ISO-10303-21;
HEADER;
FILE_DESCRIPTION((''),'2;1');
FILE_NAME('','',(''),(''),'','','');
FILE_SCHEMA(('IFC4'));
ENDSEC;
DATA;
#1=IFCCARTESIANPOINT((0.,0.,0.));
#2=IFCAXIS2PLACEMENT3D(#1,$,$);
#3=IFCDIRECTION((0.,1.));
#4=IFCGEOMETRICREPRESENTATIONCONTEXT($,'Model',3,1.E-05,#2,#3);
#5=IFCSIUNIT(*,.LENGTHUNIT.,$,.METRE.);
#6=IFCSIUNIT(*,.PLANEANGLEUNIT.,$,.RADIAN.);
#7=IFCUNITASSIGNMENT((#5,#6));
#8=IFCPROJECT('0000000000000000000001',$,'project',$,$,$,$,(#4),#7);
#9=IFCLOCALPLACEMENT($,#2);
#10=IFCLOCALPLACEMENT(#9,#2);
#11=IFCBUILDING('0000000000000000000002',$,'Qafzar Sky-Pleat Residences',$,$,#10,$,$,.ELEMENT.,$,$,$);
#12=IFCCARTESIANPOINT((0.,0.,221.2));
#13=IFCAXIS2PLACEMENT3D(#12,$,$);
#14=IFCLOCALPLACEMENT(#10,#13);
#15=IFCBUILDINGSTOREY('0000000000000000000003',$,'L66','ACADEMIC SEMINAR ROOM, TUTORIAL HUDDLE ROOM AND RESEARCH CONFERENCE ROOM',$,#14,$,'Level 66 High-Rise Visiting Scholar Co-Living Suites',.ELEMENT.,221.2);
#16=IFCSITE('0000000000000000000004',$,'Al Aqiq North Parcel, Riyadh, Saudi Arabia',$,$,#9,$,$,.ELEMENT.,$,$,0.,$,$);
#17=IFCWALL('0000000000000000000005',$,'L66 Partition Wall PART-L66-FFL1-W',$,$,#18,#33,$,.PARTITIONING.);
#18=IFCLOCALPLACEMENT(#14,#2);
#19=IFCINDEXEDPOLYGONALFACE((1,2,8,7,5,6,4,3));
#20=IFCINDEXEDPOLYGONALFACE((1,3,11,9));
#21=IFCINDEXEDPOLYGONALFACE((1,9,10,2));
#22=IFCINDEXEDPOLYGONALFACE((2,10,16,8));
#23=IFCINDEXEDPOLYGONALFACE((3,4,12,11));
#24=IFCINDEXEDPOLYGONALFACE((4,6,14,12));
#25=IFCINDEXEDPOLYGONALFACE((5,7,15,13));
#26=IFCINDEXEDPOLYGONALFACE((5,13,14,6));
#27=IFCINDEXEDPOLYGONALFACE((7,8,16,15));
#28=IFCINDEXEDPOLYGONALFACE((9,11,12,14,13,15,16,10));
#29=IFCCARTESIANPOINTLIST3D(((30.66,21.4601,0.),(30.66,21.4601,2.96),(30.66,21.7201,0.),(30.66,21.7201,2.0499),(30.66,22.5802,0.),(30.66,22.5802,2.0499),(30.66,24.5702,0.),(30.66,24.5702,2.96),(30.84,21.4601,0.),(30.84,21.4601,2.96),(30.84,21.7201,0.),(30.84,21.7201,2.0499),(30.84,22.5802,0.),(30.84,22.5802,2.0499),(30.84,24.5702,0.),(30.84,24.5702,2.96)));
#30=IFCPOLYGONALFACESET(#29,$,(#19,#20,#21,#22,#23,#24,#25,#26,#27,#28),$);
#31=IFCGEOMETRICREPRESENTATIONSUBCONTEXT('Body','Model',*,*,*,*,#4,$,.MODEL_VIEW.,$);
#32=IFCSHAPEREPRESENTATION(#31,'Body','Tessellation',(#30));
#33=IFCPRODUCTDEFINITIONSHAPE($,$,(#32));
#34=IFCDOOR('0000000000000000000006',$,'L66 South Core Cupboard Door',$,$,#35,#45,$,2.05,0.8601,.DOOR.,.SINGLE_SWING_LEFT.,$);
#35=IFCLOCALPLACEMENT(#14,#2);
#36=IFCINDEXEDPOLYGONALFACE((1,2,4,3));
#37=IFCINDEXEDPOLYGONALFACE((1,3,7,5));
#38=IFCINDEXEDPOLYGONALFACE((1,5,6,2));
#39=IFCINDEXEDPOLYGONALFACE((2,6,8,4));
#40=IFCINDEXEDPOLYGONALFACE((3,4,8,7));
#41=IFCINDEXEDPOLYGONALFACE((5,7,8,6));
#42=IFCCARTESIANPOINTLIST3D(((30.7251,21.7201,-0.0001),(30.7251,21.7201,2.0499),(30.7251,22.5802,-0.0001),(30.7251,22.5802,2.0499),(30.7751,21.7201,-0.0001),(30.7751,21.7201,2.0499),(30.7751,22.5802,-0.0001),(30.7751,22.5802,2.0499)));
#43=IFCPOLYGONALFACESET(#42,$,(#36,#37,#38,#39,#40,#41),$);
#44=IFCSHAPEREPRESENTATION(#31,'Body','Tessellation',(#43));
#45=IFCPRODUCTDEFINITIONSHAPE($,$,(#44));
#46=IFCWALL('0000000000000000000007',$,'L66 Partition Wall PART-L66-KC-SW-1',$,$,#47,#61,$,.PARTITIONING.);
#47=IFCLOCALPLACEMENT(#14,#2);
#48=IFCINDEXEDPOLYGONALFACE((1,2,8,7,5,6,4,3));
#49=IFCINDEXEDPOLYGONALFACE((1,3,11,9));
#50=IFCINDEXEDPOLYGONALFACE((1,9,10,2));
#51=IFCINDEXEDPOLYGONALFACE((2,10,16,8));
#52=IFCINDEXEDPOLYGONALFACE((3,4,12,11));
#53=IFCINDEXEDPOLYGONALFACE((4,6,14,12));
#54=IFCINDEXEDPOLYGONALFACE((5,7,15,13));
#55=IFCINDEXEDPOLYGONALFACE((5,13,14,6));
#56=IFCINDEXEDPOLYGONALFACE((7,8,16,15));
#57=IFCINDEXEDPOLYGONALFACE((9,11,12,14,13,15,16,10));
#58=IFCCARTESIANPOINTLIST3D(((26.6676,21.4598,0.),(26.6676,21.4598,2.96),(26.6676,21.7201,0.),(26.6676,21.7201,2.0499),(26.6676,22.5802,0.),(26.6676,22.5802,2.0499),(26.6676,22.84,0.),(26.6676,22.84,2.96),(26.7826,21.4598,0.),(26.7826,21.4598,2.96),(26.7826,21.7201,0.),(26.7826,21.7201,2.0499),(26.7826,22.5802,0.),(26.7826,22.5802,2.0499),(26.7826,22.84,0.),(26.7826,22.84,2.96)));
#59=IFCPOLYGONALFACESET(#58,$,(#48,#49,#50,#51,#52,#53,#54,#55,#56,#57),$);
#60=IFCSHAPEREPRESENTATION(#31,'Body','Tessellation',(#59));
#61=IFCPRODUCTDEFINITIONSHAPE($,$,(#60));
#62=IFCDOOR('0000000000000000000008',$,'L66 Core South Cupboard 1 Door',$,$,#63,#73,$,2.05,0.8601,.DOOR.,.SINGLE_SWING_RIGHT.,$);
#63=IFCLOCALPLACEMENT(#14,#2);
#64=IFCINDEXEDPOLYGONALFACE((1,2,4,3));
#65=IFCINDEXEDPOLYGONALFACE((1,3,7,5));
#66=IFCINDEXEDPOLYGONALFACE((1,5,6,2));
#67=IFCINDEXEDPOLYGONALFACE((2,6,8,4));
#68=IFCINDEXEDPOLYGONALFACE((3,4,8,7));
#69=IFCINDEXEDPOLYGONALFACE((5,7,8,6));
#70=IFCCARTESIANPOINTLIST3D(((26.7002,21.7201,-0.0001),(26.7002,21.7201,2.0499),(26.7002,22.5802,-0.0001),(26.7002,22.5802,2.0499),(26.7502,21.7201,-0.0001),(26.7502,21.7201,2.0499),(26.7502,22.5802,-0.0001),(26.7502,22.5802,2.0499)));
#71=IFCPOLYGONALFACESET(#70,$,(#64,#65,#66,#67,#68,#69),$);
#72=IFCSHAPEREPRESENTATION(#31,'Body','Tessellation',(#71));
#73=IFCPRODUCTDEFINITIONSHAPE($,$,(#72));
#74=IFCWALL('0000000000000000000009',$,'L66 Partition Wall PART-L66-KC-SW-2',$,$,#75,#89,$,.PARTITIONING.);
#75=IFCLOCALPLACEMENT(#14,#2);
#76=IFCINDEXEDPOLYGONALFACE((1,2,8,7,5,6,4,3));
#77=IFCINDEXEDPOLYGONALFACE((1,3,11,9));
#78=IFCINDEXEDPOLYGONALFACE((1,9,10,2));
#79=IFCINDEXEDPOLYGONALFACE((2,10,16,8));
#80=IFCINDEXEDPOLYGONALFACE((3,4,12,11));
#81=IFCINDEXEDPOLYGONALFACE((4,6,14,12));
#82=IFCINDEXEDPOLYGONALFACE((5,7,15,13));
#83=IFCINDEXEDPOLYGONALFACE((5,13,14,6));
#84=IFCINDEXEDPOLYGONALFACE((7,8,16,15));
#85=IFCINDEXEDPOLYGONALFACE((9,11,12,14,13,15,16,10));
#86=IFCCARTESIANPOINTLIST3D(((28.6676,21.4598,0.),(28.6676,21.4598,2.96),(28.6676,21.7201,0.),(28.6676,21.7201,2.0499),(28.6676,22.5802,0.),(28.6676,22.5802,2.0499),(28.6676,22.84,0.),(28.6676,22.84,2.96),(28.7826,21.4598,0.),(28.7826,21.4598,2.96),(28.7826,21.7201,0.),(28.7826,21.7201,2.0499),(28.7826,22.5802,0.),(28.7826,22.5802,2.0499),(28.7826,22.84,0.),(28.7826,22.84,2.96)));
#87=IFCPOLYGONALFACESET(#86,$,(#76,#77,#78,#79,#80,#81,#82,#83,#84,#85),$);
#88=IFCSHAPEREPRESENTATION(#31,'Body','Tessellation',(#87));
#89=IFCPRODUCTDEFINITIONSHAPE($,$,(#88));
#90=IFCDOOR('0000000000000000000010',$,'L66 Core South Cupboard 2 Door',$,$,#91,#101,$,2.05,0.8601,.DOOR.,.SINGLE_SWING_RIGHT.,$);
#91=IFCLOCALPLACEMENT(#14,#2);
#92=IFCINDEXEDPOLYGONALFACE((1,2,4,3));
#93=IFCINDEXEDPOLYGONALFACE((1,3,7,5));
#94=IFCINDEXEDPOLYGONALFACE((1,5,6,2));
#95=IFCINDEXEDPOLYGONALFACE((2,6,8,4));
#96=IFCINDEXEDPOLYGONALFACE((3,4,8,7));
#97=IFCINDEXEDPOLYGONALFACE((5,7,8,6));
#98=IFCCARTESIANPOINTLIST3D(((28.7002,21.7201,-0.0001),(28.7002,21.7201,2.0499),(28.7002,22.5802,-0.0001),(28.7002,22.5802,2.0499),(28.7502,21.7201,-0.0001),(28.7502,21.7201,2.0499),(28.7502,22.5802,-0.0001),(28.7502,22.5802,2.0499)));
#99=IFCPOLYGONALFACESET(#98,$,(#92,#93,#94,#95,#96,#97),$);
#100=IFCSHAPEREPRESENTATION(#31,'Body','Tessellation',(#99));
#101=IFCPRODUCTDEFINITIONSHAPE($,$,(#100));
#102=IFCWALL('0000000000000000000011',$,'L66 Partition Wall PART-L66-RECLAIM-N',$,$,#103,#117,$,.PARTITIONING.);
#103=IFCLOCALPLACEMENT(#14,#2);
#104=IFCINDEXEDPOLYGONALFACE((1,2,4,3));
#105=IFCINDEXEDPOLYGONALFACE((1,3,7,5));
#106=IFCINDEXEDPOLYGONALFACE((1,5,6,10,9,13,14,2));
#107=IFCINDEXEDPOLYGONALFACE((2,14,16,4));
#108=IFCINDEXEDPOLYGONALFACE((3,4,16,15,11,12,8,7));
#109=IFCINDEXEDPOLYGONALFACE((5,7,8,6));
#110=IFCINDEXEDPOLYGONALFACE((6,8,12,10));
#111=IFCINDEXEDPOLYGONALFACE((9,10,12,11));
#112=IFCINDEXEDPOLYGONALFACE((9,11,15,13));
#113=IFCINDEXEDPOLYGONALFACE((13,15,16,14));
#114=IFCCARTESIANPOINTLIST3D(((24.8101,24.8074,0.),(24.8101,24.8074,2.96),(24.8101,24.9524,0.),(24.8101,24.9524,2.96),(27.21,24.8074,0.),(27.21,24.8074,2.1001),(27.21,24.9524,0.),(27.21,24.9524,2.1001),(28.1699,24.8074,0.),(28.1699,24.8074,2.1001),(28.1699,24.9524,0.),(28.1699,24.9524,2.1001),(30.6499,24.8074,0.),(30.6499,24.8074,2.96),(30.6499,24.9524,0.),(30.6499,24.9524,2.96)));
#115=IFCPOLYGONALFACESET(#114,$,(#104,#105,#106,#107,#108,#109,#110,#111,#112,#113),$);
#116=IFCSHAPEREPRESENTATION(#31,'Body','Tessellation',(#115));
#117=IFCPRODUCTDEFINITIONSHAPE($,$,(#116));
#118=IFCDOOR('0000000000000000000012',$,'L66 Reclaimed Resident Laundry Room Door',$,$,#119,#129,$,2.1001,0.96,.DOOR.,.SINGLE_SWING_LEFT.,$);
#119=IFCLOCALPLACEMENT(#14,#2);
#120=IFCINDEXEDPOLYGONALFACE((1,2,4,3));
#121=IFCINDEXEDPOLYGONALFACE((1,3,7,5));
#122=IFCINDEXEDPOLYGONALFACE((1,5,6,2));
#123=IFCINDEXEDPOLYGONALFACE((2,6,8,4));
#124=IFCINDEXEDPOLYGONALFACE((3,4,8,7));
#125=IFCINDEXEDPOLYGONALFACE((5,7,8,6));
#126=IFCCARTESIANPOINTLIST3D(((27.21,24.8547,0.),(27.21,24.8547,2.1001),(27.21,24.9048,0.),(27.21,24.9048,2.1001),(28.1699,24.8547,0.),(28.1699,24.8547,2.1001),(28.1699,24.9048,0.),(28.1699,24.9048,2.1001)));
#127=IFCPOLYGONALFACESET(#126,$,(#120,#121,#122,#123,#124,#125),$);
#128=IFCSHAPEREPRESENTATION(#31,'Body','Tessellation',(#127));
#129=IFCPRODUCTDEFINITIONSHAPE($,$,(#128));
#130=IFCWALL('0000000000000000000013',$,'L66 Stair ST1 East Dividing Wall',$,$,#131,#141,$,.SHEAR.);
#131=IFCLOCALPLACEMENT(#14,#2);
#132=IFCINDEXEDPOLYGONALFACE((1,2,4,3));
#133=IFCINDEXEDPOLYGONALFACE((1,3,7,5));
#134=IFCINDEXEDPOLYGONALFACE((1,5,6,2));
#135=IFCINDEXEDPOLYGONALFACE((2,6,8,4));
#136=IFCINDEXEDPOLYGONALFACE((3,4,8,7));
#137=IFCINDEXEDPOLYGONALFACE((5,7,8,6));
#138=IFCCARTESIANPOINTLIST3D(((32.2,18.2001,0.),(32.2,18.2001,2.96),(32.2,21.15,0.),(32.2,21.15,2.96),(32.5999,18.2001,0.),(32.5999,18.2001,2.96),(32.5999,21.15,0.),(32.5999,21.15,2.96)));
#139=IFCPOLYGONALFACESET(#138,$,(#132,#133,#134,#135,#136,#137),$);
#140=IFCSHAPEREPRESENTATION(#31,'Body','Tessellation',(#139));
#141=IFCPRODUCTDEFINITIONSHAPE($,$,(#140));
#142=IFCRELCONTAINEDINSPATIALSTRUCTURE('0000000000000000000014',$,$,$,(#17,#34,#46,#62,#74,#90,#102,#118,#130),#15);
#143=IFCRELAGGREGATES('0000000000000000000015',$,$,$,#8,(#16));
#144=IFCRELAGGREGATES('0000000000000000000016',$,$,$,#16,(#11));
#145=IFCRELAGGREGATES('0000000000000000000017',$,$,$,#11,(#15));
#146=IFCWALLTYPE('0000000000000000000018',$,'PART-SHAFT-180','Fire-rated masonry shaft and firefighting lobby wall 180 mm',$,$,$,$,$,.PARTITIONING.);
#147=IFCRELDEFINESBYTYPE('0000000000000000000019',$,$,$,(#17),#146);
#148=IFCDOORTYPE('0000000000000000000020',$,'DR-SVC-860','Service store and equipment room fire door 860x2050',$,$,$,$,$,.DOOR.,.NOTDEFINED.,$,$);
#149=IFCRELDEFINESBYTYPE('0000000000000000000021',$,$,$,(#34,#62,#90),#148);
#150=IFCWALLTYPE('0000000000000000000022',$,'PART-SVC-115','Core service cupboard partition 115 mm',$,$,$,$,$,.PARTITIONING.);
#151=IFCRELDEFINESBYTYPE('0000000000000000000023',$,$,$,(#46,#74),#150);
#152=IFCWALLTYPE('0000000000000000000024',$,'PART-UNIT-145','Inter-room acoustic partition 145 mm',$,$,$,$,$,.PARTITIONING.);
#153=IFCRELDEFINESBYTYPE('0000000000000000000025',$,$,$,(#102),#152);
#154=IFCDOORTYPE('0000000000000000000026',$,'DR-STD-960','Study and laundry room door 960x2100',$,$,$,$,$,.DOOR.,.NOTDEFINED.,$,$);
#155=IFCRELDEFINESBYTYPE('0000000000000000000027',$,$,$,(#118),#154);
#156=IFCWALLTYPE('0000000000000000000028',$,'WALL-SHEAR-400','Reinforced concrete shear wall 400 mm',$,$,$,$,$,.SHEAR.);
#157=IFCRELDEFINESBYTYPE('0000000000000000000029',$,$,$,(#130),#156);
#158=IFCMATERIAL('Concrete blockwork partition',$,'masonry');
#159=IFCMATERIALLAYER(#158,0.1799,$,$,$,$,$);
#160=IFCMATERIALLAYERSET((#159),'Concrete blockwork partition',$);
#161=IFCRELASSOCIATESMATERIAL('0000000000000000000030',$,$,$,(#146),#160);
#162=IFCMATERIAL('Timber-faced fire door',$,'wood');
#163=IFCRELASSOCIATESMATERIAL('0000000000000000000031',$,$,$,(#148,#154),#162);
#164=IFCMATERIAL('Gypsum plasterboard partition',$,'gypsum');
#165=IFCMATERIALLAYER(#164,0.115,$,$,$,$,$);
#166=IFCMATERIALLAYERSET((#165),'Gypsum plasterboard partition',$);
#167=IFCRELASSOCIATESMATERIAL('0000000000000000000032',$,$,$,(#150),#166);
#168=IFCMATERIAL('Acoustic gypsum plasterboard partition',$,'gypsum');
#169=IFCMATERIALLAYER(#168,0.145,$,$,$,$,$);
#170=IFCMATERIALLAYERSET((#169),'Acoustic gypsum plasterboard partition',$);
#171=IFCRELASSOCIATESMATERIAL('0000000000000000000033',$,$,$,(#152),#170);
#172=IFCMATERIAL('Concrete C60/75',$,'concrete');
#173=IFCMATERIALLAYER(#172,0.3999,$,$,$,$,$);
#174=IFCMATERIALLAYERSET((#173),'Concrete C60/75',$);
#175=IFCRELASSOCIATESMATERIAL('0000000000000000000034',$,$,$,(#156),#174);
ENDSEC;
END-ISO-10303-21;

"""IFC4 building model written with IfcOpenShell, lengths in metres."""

from ifc_helpers import new_model, si_unit, direction, frame, frame_2d, origin, place, context, subcontext, project, spatial, rectangle, extrude, source, transform, mapped, material, layer, layer_set, type_object, element, fill, save


model = new_model("IFC4")

# Units and contexts
model_context = context("Model", 3, precision=1e-05, world=origin(), true_north=direction((0.0, 1.0)))
body_context = subcontext(model_context, "Body", "Model", "MODEL_VIEW")
ifc_project = project(units=[si_unit("LENGTHUNIT", "METRE"), si_unit("PLANEANGLEUNIT", "RADIAN")], contexts=[model_context])

# Site, building, storey
site_placement = place(None, origin())
site = spatial("IfcSite", under=ifc_project, at=site_placement, Name="Al Aqiq North Parcel, Riyadh, Saudi Arabia", CompositionType="ELEMENT", RefElevation=0.0)
building_placement = place(site_placement, origin())
building = spatial("IfcBuilding", under=site, at=building_placement, Name="Qafzar Sky-Pleat Residences", CompositionType="ELEMENT")
storey_placement = place(building_placement, frame((0.0, 0.0, 221.2)))
storey = spatial("IfcBuildingStorey", under=building, at=storey_placement, Name="L66", Description="ACADEMIC SEMINAR ROOM, TUTORIAL HUDDLE ROOM AND RESEARCH CONFERENCE ROOM", LongName="Level 66 High-Rise Visiting Scholar Co-Living Suites", CompositionType="ELEMENT", Elevation=221.2)

# Walls, openings, doors
ifc_material_1 = material(Name="Concrete blockwork partition", Category="masonry")
ifc_layer_1 = layer(ifc_material_1, 0.1799)
ifc_layer_set_1 = layer_set([ifc_layer_1], Name="Concrete blockwork partition")
wall_type_1 = type_object("IfcWallType", Name="PART-SHAFT-180", Description="Fire-rated masonry shaft and firefighting lobby wall 180 mm", PredefinedType="PARTITIONING", material=ifc_layer_set_1)
wall_1_placement = place(storey_placement, frame((30.75, 21.46, 0.0), z_axis=(0.0, 0.0, 1.0), x_axis=(0.0, 1.0, 0.0)))
wall_1 = element("IfcWall", 1, at=wall_1_placement, inside=storey, type_object=wall_type_1, Name="L66 Partition Wall PART-L66-FFL1-W", PredefinedType="PARTITIONING", context=body_context, shape_type="SweptSolid", body=[
    extrude(rectangle(XDim=3.1101, YDim=0.1799, at=frame_2d((1.5552, 0.0))), origin(), (0.0, 0.0, 1.0), 2.96),
])
opening_1_placement = place(wall_1_placement, frame((0.26, 0.0, 0.0)))
opening_1 = element("IfcOpeningElement", 2, at=opening_1_placement, cuts=wall_1, PredefinedType="OPENING", context=body_context, shape_type="SweptSolid", body=[
    extrude(rectangle(XDim=0.8601, YDim=2.05, at=frame_2d((0.4302, 1.0249))), frame((0.0, 0.1001, 0.0), z_axis=(0.0, -1.0, 0.0), x_axis=(1.0, 0.0, 0.0)), (0.0, 0.0, 1.0), 0.2),
])
ifc_material_2 = material(Name="Timber-faced fire door", Category="wood")
door_type_1 = type_object("IfcDoorType", Name="DR-SVC-860", Description="Service store and equipment room fire door 860x2050", OperationType="NOTDEFINED", PredefinedType="DOOR", material=ifc_material_2)
shared_shape_1 = source(origin(), body_context, "Body", "SweptSolid", [
    extrude(rectangle(XDim=0.8601, YDim=2.05, at=frame_2d((0.4302, 1.0249))), frame((0.0, 0.0249, 0.0), z_axis=(0.0, -1.0, 0.0), x_axis=(1.0, 0.0, 0.0)), (0.0, 0.0, 1.0), 0.05),
])
door_1_placement = place(opening_1_placement, origin())
door_1 = element("IfcDoor", 3, at=door_1_placement, inside=storey, type_object=door_type_1, Name="L66 South Core Cupboard Door", OperationType="SINGLE_SWING_LEFT", OverallHeight=2.05, OverallWidth=0.8601, PredefinedType="DOOR", context=body_context, shape_type="MappedRepresentation", body=[
    mapped(shared_shape_1, transform((0.0, 0.0, 0.0), x_axis=(1.0, 0.0, 0.0), y_axis=(0.0, 1.0, 0.0), z_axis=(0.0, 0.0, 1.0), scale=1.0)),
])
fill(opening_1, door_1)
ifc_material_3 = material(Name="Gypsum plasterboard partition", Category="gypsum")
ifc_layer_2 = layer(ifc_material_3, 0.115)
ifc_layer_set_2 = layer_set([ifc_layer_2], Name="Gypsum plasterboard partition")
wall_type_2 = type_object("IfcWallType", Name="PART-SVC-115", Description="Core service cupboard partition 115 mm", PredefinedType="PARTITIONING", material=ifc_layer_set_2)
wall_2_placement = place(storey_placement, frame((26.7251, 21.46, 0.0), z_axis=(0.0, 0.0, 1.0), x_axis=(0.0, 1.0, 0.0)))
wall_2 = element("IfcWall", 4, at=wall_2_placement, inside=storey, type_object=wall_type_2, Name="L66 Partition Wall PART-L66-KC-SW-1", PredefinedType="PARTITIONING", context=body_context, shape_type="SweptSolid", body=[
    extrude(rectangle(XDim=1.3801, YDim=0.115, at=frame_2d((0.6899, 0.0))), origin(), (0.0, 0.0, 1.0), 2.96),
])
opening_2_placement = place(wall_2_placement, frame((0.26, 0.0, 0.0)))
opening_2 = element("IfcOpeningElement", 5, at=opening_2_placement, cuts=wall_2, PredefinedType="OPENING", context=body_context, shape_type="SweptSolid", body=[
    extrude(rectangle(XDim=0.8601, YDim=2.05, at=frame_2d((0.4302, 1.0249))), frame((0.0, 0.0674, 0.0), z_axis=(0.0, -1.0, 0.0), x_axis=(1.0, 0.0, 0.0)), (0.0, 0.0, 1.0), 0.135),
])
door_2_placement = place(opening_2_placement, origin())
door_2 = element("IfcDoor", 6, at=door_2_placement, inside=storey, type_object=door_type_1, Name="L66 Core South Cupboard 1 Door", OperationType="SINGLE_SWING_RIGHT", OverallHeight=2.05, OverallWidth=0.8601, PredefinedType="DOOR", context=body_context, shape_type="MappedRepresentation", body=[
    mapped(shared_shape_1, transform((0.0, 0.0, 0.0), x_axis=(1.0, 0.0, 0.0), y_axis=(0.0, 1.0, 0.0), z_axis=(0.0, 0.0, 1.0), scale=1.0)),
])
fill(opening_2, door_2)
wall_3_placement = place(storey_placement, frame((28.7251, 21.46, 0.0), z_axis=(0.0, 0.0, 1.0), x_axis=(0.0, 1.0, 0.0)))
wall_3 = element("IfcWall", 7, at=wall_3_placement, inside=storey, type_object=wall_type_2, Name="L66 Partition Wall PART-L66-KC-SW-2", PredefinedType="PARTITIONING", context=body_context, shape_type="SweptSolid", body=[
    extrude(rectangle(XDim=1.3801, YDim=0.115, at=frame_2d((0.6899, 0.0))), origin(), (0.0, 0.0, 1.0), 2.96),
])
opening_3_placement = place(wall_3_placement, frame((0.26, 0.0, 0.0)))
opening_3 = element("IfcOpeningElement", 8, at=opening_3_placement, cuts=wall_3, PredefinedType="OPENING", context=body_context, shape_type="SweptSolid", body=[
    extrude(rectangle(XDim=0.8601, YDim=2.05, at=frame_2d((0.4302, 1.0249))), frame((0.0, 0.0674, 0.0), z_axis=(0.0, -1.0, 0.0), x_axis=(1.0, 0.0, 0.0)), (0.0, 0.0, 1.0), 0.135),
])
door_3_placement = place(opening_3_placement, origin())
door_3 = element("IfcDoor", 9, at=door_3_placement, inside=storey, type_object=door_type_1, Name="L66 Core South Cupboard 2 Door", OperationType="SINGLE_SWING_RIGHT", OverallHeight=2.05, OverallWidth=0.8601, PredefinedType="DOOR", context=body_context, shape_type="MappedRepresentation", body=[
    mapped(shared_shape_1, transform((0.0, 0.0, 0.0), x_axis=(1.0, 0.0, 0.0), y_axis=(0.0, 1.0, 0.0), z_axis=(0.0, 0.0, 1.0), scale=1.0)),
])
fill(opening_3, door_3)
ifc_material_4 = material(Name="Acoustic gypsum plasterboard partition", Category="gypsum")
ifc_layer_3 = layer(ifc_material_4, 0.145)
ifc_layer_set_3 = layer_set([ifc_layer_3], Name="Acoustic gypsum plasterboard partition")
wall_type_3 = type_object("IfcWallType", Name="PART-UNIT-145", Description="Inter-room acoustic partition 145 mm", PredefinedType="PARTITIONING", material=ifc_layer_set_3)
wall_4_placement = place(storey_placement, frame((24.8101, 24.8799, 0.0), z_axis=(0.0, 0.0, 1.0), x_axis=(1.0, 0.0, 0.0)))
wall_4 = element("IfcWall", 10, at=wall_4_placement, inside=storey, type_object=wall_type_3, Name="L66 Partition Wall PART-L66-RECLAIM-N", PredefinedType="PARTITIONING", context=body_context, shape_type="SweptSolid", body=[
    extrude(rectangle(XDim=5.8398, YDim=0.145, at=frame_2d((2.9199, 0.0))), origin(), (0.0, 0.0, 1.0), 2.96),
])
opening_4_placement = place(wall_4_placement, frame((2.3999, 0.0, 0.0)))
opening_4 = element("IfcOpeningElement", 11, at=opening_4_placement, cuts=wall_4, PredefinedType="OPENING", context=body_context, shape_type="SweptSolid", body=[
    extrude(rectangle(XDim=0.96, YDim=2.1001, at=frame_2d((0.48, 1.05))), frame((0.0, 0.0825, 0.0), z_axis=(0.0, -1.0, 0.0), x_axis=(1.0, 0.0, 0.0)), (0.0, 0.0, 1.0), 0.165),
])
door_type_2 = type_object("IfcDoorType", Name="DR-STD-960", Description="Study and laundry room door 960x2100", OperationType="NOTDEFINED", PredefinedType="DOOR", material=ifc_material_2)
shared_shape_2 = source(origin(), body_context, "Body", "SweptSolid", [
    extrude(rectangle(XDim=0.96, YDim=2.1001, at=frame_2d((0.48, 1.05))), frame((0.0, 0.0249, 0.0), z_axis=(0.0, -1.0, 0.0), x_axis=(1.0, 0.0, 0.0)), (0.0, 0.0, 1.0), 0.05),
])
door_4_placement = place(opening_4_placement, origin())
door_4 = element("IfcDoor", 12, at=door_4_placement, inside=storey, type_object=door_type_2, Name="L66 Reclaimed Resident Laundry Room Door", OperationType="SINGLE_SWING_LEFT", OverallHeight=2.1001, OverallWidth=0.96, PredefinedType="DOOR", context=body_context, shape_type="MappedRepresentation", body=[
    mapped(shared_shape_2, transform((0.0, 0.0, 0.0), x_axis=(1.0, 0.0, 0.0), y_axis=(0.0, 1.0, 0.0), z_axis=(0.0, 0.0, 1.0), scale=1.0)),
])
fill(opening_4, door_4)

# Wall
ifc_material_5 = material(Name="Concrete C60/75", Category="concrete")
ifc_layer_4 = layer(ifc_material_5, 0.3999)
ifc_layer_set_4 = layer_set([ifc_layer_4], Name="Concrete C60/75")
wall_type_4 = type_object("IfcWallType", Name="WALL-SHEAR-400", Description="Reinforced concrete shear wall 400 mm", PredefinedType="SHEAR", material=ifc_layer_set_4)
wall_5_placement = place(storey_placement, frame((32.3999, 18.2, 0.0), z_axis=(0.0, 0.0, 1.0), x_axis=(0.0, 1.0, 0.0)))
element("IfcWall", 13, at=wall_5_placement, inside=storey, type_object=wall_type_4, Name="L66 Stair ST1 East Dividing Wall", PredefinedType="SHEAR", context=body_context, shape_type="SweptSolid", body=[
    extrude(rectangle(XDim=2.95, YDim=0.3999, at=frame_2d((1.4751, 0.0))), origin(), (0.0, 0.0, 1.0), 2.96),
])

save(model, "model.ifc")
